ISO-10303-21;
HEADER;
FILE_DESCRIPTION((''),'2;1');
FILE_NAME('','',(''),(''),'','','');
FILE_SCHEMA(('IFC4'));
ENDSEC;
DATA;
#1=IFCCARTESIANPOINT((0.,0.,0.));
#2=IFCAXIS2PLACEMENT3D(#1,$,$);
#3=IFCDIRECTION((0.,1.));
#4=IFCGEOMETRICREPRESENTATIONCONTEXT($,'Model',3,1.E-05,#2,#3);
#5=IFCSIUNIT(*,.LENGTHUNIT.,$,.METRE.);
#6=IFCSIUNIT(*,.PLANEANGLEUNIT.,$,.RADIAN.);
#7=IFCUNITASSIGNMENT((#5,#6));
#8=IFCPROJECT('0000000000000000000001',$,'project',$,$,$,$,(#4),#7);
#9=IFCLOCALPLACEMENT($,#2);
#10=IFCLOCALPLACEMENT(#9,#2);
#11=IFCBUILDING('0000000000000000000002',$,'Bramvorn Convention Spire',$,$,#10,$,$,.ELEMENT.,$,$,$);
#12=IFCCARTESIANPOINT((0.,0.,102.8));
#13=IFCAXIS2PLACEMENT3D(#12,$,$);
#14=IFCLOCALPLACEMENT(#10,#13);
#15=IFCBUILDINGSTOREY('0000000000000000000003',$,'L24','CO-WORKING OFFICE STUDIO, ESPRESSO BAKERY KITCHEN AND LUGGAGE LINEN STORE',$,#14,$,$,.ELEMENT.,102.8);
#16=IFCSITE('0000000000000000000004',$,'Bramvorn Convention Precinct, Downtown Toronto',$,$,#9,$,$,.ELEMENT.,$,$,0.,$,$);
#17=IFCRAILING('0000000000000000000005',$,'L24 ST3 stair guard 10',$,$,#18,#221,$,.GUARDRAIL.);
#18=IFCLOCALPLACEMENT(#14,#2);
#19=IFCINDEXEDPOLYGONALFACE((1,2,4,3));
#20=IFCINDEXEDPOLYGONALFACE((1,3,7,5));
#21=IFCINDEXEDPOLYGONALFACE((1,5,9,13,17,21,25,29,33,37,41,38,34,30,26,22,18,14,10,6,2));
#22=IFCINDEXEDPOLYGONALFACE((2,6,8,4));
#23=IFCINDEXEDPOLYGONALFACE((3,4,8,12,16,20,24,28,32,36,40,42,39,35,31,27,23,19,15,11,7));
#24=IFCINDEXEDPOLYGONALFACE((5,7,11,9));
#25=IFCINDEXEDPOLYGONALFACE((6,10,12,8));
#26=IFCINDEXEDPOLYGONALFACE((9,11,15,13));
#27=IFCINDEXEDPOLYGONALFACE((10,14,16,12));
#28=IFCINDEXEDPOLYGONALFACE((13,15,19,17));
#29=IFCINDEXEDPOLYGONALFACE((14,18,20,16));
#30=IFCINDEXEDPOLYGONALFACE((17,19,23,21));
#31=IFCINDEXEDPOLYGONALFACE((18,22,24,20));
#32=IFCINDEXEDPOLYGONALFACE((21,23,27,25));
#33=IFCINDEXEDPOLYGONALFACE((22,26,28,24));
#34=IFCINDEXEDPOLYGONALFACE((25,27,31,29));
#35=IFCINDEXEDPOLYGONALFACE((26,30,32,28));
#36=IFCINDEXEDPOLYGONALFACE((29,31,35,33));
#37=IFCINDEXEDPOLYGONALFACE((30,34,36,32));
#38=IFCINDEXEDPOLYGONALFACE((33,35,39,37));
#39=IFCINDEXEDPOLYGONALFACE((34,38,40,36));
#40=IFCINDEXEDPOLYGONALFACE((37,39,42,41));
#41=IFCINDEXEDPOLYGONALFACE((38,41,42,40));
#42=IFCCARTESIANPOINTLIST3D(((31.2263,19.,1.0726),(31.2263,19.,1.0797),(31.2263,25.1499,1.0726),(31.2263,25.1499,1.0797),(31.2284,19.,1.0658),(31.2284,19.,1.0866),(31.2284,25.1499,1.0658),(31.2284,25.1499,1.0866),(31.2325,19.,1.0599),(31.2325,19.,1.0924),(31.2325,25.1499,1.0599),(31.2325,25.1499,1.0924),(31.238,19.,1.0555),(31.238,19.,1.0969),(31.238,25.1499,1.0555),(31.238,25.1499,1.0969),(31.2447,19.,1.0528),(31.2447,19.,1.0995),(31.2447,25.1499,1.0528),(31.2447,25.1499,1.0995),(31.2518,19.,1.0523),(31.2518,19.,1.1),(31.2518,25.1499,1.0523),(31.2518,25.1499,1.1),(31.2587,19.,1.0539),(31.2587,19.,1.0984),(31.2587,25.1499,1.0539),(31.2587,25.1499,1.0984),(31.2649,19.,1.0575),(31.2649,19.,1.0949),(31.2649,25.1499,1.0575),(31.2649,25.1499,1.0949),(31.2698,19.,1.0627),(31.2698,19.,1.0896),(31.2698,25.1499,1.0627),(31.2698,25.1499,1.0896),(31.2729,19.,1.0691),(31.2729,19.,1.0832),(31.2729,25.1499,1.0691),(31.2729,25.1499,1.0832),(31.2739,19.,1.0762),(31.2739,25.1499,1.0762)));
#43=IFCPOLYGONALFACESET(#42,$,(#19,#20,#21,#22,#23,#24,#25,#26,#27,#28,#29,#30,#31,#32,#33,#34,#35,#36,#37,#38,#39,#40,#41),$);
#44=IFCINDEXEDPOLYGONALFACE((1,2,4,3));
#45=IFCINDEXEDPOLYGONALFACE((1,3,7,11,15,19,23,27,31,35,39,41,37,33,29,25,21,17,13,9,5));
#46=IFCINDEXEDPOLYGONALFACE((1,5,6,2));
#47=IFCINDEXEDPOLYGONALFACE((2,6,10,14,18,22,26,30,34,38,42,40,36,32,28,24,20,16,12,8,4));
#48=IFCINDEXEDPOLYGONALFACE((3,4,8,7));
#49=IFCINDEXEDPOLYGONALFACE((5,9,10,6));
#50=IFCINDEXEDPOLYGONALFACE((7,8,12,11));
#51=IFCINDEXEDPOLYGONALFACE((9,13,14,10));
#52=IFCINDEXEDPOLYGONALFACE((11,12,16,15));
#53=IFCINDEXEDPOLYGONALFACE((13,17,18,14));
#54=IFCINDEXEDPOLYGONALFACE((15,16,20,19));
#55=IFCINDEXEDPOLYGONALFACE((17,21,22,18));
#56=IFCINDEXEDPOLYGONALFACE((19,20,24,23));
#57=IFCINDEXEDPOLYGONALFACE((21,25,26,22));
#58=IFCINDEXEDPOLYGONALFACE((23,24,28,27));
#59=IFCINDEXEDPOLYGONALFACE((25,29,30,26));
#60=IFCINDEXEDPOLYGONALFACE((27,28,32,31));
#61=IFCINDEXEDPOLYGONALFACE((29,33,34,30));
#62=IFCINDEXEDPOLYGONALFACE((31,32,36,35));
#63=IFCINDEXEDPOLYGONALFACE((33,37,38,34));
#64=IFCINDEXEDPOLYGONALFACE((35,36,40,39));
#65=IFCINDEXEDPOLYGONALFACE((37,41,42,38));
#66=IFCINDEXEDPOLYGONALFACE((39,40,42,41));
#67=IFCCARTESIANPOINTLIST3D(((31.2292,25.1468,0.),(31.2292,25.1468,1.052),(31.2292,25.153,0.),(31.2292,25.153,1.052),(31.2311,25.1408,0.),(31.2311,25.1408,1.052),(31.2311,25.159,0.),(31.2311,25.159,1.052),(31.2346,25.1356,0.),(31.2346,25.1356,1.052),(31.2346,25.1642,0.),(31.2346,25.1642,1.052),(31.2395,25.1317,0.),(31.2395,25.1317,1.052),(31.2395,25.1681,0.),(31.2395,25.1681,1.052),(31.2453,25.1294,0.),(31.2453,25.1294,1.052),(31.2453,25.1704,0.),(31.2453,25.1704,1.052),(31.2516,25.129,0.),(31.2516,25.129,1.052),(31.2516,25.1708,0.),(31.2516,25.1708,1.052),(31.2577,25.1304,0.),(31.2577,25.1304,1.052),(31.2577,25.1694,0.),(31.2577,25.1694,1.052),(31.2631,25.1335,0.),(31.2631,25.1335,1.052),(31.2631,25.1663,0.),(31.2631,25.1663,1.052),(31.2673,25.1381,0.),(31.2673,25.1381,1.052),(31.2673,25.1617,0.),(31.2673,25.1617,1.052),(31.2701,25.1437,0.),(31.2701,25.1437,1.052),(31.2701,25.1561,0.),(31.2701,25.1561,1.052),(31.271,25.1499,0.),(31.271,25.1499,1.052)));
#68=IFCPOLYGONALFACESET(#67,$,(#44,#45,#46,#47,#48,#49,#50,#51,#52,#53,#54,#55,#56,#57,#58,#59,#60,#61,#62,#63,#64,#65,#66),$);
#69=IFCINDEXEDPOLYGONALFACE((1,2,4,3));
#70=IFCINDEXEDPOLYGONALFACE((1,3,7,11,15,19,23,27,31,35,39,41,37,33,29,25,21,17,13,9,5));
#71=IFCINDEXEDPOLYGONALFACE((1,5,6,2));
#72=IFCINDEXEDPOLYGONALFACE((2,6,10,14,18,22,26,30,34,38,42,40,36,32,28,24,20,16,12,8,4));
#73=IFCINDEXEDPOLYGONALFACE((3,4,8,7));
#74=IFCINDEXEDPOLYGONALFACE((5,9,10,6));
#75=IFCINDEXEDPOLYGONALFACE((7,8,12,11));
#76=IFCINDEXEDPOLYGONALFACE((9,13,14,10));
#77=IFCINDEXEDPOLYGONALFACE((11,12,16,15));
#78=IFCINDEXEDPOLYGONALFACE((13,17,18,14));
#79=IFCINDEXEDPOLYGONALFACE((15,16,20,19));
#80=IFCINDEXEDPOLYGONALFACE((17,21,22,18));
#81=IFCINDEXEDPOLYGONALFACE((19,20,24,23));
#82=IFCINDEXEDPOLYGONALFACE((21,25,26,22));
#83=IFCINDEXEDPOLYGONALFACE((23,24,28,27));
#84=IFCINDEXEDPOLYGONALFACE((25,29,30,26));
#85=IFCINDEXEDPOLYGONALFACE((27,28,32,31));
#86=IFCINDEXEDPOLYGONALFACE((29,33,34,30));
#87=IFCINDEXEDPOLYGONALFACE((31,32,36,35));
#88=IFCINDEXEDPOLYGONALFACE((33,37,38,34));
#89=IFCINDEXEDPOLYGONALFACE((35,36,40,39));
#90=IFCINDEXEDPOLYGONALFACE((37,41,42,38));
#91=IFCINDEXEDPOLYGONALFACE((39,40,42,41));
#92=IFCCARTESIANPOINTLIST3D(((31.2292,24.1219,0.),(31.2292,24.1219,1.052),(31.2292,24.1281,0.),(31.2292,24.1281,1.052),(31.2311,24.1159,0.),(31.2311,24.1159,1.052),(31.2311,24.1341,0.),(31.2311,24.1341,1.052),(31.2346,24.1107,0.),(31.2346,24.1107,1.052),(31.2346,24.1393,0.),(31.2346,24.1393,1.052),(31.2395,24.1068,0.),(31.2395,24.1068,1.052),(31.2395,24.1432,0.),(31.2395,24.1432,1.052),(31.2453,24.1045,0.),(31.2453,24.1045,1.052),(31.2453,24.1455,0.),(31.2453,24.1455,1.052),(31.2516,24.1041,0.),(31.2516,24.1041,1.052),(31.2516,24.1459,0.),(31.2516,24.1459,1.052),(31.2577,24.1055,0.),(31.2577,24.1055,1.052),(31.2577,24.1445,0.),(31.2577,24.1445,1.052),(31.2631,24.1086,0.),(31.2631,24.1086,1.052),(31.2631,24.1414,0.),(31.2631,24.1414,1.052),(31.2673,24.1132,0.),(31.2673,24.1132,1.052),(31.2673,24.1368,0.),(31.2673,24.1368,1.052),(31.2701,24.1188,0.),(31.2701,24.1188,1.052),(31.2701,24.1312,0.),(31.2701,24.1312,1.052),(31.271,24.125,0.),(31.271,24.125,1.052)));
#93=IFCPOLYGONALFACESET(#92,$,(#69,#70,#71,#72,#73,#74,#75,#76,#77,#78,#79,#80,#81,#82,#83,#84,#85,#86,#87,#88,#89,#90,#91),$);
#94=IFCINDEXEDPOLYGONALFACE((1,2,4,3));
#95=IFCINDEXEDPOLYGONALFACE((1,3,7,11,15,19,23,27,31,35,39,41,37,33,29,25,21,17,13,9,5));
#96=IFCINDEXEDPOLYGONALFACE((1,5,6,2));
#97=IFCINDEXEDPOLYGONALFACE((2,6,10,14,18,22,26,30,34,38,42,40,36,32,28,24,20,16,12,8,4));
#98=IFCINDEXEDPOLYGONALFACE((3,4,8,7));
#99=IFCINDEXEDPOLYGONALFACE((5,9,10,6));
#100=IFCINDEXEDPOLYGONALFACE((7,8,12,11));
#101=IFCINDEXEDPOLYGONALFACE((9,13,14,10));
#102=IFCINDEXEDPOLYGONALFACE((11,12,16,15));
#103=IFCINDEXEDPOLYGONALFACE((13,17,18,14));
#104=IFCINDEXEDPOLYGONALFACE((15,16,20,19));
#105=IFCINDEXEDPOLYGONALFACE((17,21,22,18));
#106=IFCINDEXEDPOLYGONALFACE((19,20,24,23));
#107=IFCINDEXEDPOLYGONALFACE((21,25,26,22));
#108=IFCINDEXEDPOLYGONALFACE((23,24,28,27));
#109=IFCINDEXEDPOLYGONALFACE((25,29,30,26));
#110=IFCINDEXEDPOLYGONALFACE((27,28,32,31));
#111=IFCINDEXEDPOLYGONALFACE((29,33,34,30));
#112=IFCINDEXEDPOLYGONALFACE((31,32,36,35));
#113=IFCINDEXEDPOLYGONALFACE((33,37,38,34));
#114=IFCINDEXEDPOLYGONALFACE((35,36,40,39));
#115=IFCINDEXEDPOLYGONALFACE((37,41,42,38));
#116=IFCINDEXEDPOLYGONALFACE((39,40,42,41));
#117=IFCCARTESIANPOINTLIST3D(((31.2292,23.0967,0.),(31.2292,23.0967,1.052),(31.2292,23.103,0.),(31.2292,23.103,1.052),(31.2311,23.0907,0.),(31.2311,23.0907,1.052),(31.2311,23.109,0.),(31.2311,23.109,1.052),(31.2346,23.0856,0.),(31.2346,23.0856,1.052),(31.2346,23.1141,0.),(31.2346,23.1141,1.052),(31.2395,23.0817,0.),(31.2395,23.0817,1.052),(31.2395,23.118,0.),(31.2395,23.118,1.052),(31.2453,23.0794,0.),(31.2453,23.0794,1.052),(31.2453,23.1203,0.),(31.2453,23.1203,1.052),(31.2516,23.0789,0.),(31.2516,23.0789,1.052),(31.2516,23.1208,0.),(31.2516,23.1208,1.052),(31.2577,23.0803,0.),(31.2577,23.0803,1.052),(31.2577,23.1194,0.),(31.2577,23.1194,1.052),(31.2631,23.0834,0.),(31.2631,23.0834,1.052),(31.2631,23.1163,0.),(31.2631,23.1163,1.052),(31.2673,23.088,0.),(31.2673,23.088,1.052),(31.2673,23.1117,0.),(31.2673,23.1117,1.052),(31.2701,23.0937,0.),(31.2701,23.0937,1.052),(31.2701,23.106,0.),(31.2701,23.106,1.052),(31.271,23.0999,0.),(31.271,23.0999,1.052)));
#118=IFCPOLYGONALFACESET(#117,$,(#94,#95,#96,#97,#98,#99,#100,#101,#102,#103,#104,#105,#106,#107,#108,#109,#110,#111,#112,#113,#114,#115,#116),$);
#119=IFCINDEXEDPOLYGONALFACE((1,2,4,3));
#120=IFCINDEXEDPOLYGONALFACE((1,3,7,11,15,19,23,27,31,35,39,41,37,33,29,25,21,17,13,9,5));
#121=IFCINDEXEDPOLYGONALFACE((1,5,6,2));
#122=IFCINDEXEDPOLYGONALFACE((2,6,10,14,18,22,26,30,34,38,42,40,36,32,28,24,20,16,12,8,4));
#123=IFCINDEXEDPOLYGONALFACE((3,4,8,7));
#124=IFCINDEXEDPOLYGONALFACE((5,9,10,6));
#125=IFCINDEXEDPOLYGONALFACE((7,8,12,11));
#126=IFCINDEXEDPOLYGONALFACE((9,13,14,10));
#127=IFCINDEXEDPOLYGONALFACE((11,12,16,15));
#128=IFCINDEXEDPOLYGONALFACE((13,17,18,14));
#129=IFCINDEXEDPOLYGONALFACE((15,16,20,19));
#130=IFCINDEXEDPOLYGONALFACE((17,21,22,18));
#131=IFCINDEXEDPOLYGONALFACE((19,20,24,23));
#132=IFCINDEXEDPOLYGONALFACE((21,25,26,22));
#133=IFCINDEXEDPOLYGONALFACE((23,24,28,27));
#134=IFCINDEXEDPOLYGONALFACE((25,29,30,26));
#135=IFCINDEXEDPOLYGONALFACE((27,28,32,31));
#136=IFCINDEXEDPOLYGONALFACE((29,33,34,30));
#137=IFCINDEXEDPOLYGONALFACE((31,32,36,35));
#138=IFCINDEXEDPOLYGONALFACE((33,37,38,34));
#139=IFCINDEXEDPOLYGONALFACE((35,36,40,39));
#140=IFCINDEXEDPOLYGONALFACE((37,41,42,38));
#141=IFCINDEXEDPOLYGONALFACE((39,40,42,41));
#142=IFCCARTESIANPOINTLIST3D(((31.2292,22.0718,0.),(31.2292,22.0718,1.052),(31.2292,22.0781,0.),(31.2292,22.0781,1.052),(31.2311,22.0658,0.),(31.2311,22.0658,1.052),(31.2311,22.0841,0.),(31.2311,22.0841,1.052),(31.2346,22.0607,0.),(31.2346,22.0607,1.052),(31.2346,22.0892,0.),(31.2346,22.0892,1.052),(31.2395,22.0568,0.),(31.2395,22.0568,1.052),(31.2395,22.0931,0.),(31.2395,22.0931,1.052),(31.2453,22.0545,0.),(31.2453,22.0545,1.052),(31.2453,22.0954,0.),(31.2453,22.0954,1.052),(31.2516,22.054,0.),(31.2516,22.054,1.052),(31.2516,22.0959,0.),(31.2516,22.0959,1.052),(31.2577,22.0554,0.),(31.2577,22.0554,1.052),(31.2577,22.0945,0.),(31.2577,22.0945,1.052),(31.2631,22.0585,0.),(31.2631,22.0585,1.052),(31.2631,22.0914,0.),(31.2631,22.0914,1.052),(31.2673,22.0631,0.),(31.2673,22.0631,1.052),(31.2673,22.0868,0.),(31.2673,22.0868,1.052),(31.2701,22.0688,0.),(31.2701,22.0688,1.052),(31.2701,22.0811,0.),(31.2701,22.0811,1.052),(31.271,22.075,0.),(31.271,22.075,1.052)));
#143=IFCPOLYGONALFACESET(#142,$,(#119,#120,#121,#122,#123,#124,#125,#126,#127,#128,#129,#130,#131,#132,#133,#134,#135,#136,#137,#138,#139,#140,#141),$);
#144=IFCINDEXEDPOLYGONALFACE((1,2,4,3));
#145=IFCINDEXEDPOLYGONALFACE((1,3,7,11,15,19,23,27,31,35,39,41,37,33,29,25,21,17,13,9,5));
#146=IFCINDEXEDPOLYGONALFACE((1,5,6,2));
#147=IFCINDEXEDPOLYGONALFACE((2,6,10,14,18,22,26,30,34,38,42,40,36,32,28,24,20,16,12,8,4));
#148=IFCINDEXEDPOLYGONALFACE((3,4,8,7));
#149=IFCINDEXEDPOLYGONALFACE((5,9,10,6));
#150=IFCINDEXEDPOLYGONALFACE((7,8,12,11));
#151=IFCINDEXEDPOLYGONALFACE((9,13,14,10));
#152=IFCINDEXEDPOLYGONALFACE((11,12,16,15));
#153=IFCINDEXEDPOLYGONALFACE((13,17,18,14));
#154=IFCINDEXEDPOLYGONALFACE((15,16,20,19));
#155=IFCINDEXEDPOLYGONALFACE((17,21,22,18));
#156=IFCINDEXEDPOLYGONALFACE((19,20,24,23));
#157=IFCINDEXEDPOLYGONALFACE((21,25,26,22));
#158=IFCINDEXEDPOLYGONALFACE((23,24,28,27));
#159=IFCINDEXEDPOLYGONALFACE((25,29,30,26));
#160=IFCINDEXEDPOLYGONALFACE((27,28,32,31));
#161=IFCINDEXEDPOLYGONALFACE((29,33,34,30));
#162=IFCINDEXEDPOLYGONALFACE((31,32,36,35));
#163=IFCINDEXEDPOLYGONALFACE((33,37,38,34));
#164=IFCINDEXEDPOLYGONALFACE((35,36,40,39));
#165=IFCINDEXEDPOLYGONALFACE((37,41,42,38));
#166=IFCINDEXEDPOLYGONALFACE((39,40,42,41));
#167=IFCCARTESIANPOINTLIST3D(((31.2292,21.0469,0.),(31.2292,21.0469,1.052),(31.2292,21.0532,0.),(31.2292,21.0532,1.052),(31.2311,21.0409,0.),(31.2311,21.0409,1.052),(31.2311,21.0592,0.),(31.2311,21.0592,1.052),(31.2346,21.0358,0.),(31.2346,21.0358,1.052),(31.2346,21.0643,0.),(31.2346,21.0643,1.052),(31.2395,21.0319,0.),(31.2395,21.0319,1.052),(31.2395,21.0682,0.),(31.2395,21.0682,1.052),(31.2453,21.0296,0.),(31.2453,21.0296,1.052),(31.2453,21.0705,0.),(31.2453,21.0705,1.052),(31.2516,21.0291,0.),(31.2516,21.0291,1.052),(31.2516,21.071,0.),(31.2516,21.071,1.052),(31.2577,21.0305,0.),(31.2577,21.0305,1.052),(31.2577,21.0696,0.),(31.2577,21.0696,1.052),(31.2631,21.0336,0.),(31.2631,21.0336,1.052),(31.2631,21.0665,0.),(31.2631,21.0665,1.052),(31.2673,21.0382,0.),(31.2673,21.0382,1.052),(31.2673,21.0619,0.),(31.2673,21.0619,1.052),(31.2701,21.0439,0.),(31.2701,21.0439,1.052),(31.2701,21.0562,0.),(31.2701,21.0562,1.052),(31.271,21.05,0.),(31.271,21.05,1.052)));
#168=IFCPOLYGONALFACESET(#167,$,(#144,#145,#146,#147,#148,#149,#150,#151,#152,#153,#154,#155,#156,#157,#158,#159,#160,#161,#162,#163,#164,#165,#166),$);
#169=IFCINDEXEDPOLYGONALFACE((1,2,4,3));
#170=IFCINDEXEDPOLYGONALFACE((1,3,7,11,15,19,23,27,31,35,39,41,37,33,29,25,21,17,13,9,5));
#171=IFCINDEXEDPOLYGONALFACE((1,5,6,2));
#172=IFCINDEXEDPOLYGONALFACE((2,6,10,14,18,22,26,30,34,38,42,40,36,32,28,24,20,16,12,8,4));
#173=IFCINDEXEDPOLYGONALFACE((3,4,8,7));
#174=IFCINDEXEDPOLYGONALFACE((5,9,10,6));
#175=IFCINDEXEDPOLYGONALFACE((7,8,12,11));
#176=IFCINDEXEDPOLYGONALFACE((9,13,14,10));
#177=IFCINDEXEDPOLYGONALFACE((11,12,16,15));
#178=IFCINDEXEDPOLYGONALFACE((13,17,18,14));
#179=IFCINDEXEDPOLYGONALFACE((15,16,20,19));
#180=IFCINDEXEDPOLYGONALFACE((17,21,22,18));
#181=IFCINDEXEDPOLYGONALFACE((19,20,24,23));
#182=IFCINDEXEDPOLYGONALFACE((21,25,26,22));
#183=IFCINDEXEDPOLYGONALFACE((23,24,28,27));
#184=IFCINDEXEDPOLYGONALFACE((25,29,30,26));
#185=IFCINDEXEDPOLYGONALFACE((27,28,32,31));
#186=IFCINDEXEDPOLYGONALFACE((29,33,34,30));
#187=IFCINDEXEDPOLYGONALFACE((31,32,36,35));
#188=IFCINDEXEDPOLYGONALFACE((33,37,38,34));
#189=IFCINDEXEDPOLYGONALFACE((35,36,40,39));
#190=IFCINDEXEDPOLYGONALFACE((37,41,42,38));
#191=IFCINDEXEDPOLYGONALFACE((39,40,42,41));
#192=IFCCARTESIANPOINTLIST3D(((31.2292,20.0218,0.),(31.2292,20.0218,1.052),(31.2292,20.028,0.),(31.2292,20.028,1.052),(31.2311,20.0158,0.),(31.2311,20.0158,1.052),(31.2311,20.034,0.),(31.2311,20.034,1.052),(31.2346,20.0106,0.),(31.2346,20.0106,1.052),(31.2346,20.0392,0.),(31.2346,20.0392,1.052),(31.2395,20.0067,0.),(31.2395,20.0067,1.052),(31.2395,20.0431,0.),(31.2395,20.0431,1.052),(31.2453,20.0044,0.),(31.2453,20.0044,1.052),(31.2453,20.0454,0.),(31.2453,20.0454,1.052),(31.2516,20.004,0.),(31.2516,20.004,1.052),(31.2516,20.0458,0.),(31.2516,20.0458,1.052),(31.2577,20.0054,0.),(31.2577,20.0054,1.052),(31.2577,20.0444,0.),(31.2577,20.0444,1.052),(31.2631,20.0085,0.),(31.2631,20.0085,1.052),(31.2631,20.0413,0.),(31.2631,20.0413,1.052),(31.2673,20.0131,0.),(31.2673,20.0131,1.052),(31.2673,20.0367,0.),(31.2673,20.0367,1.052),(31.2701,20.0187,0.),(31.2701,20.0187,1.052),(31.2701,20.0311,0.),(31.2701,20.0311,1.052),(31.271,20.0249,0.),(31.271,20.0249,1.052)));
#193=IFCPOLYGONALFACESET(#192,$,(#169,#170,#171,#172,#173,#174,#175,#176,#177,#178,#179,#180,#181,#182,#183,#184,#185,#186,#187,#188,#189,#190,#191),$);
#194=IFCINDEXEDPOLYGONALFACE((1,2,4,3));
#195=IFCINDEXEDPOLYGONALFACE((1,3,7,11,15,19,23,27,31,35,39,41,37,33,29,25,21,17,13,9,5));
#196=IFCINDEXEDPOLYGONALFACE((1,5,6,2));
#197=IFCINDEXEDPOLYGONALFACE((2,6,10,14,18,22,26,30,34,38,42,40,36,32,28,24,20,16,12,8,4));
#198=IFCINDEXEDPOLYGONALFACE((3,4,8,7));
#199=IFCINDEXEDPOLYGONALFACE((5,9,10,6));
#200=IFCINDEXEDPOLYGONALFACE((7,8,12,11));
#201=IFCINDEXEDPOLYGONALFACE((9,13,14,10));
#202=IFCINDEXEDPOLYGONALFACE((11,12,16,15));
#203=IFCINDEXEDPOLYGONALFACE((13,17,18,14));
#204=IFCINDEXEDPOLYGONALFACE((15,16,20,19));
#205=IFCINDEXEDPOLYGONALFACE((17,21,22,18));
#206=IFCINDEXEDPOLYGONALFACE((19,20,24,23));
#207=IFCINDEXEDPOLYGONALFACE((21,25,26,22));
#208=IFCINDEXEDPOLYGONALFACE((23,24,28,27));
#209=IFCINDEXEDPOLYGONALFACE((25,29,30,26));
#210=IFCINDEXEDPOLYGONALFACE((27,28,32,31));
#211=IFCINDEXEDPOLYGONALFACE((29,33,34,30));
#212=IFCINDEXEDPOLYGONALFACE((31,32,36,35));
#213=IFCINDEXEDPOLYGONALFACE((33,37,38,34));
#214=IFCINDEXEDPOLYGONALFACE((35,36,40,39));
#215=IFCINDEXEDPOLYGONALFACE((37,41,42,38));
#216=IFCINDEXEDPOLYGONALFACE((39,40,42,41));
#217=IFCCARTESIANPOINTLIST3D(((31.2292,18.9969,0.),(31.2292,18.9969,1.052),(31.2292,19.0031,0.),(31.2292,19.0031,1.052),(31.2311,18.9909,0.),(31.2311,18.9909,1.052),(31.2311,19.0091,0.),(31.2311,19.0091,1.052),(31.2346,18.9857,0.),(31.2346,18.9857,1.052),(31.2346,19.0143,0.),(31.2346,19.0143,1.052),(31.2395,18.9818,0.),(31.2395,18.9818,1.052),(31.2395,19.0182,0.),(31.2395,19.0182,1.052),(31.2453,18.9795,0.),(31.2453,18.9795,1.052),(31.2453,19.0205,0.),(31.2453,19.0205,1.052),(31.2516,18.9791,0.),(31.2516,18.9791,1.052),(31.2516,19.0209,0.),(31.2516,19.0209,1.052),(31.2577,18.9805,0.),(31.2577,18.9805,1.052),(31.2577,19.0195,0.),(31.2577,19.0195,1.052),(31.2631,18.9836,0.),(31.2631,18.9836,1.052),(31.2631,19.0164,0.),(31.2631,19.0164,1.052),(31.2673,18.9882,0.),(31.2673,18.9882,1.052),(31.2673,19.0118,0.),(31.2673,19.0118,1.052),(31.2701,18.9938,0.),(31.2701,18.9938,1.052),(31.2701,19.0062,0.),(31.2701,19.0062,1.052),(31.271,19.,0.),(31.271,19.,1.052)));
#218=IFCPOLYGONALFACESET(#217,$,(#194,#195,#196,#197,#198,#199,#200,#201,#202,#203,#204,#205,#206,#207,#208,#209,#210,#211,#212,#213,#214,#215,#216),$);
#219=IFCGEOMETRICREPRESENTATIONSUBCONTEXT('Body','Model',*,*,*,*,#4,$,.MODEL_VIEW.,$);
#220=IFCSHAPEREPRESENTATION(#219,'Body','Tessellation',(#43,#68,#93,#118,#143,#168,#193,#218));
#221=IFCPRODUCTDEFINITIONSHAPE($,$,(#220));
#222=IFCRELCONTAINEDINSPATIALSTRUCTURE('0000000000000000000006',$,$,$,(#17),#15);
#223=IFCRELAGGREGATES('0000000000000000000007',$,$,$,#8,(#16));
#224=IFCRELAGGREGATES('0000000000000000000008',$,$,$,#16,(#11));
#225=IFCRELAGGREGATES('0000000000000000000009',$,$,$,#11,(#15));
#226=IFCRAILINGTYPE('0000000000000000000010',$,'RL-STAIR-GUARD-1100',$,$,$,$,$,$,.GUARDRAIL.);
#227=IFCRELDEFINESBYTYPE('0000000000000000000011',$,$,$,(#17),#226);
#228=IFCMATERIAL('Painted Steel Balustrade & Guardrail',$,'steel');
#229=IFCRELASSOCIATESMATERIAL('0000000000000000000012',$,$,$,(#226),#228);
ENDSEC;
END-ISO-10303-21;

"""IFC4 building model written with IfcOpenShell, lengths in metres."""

from ifc_helpers import new_model, si_unit, direction, frame, origin, origin_2d, place, context, subcontext, project, spatial, circle, extrude, material, type_object, element, save


model = new_model("IFC4")

# Units and contexts
model_context = context("Model", 3, precision=1e-05, world=origin(), true_north=direction((0.0, 1.0)))
body_context = subcontext(model_context, "Body", "Model", "MODEL_VIEW")
ifc_project = project(units=[si_unit("LENGTHUNIT", "METRE"), si_unit("PLANEANGLEUNIT", "RADIAN")], contexts=[model_context])

# Site, building, storey
site_placement = place(None, origin())
site = spatial("IfcSite", under=ifc_project, at=site_placement, Name="Bramvorn Convention Precinct, Downtown Toronto", CompositionType="ELEMENT", RefElevation=0.0)
building_placement = place(site_placement, origin())
building = spatial("IfcBuilding", under=site, at=building_placement, Name="Bramvorn Convention Spire", CompositionType="ELEMENT")
storey_placement = place(building_placement, frame((0.0, 0.0, 102.8)))
storey = spatial("IfcBuildingStorey", under=building, at=storey_placement, Name="L24", Description="CO-WORKING OFFICE STUDIO, ESPRESSO BAKERY KITCHEN AND LUGGAGE LINEN STORE", CompositionType="ELEMENT", Elevation=102.8)

# Railing
ifc_material_1 = material(Name="Painted Steel Balustrade & Guardrail", Category="steel")
railing_type_1 = type_object("IfcRailingType", Name="RL-STAIR-GUARD-1100", PredefinedType="GUARDRAIL", material=ifc_material_1)
railing_1_placement = place(storey_placement, frame((31.25, 25.1499, 0.0)))
element("IfcRailing", 1, at=railing_1_placement, inside=storey, type_object=railing_type_1, Name="L24 ST3 stair guard 10", PredefinedType="GUARDRAIL", context=body_context, shape_type="SweptSolid", body=[
    extrude(circle(Radius=0.0239, at=origin_2d()), frame((0.0, 0.0, 1.0762), z_axis=(0.0, -1.0, 0.0), x_axis=(1.0, 0.0, 0.0)), (0.0, 0.0, 1.0), 6.1499),
    extrude(circle(Radius=0.021, at=origin_2d()), origin(), (0.0, 0.0, 1.0), 1.052),
    extrude(circle(Radius=0.021, at=origin_2d()), frame((0.0, -1.0249, 0.0)), (0.0, 0.0, 1.0), 1.052),
    extrude(circle(Radius=0.021, at=origin_2d()), frame((0.0, -2.05, 0.0)), (0.0, 0.0, 1.0), 1.052),
    extrude(circle(Radius=0.021, at=origin_2d()), frame((0.0, -3.075, 0.0)), (0.0, 0.0, 1.0), 1.052),
    extrude(circle(Radius=0.021, at=origin_2d()), frame((0.0, -4.0999, 0.0)), (0.0, 0.0, 1.0), 1.052),
    extrude(circle(Radius=0.021, at=origin_2d()), frame((0.0, -5.125, 0.0)), (0.0, 0.0, 1.0), 1.052),
    extrude(circle(Radius=0.021, at=origin_2d()), frame((0.0, -6.1499, 0.0)), (0.0, 0.0, 1.0), 1.052),
])

save(model, "model.ifc")
